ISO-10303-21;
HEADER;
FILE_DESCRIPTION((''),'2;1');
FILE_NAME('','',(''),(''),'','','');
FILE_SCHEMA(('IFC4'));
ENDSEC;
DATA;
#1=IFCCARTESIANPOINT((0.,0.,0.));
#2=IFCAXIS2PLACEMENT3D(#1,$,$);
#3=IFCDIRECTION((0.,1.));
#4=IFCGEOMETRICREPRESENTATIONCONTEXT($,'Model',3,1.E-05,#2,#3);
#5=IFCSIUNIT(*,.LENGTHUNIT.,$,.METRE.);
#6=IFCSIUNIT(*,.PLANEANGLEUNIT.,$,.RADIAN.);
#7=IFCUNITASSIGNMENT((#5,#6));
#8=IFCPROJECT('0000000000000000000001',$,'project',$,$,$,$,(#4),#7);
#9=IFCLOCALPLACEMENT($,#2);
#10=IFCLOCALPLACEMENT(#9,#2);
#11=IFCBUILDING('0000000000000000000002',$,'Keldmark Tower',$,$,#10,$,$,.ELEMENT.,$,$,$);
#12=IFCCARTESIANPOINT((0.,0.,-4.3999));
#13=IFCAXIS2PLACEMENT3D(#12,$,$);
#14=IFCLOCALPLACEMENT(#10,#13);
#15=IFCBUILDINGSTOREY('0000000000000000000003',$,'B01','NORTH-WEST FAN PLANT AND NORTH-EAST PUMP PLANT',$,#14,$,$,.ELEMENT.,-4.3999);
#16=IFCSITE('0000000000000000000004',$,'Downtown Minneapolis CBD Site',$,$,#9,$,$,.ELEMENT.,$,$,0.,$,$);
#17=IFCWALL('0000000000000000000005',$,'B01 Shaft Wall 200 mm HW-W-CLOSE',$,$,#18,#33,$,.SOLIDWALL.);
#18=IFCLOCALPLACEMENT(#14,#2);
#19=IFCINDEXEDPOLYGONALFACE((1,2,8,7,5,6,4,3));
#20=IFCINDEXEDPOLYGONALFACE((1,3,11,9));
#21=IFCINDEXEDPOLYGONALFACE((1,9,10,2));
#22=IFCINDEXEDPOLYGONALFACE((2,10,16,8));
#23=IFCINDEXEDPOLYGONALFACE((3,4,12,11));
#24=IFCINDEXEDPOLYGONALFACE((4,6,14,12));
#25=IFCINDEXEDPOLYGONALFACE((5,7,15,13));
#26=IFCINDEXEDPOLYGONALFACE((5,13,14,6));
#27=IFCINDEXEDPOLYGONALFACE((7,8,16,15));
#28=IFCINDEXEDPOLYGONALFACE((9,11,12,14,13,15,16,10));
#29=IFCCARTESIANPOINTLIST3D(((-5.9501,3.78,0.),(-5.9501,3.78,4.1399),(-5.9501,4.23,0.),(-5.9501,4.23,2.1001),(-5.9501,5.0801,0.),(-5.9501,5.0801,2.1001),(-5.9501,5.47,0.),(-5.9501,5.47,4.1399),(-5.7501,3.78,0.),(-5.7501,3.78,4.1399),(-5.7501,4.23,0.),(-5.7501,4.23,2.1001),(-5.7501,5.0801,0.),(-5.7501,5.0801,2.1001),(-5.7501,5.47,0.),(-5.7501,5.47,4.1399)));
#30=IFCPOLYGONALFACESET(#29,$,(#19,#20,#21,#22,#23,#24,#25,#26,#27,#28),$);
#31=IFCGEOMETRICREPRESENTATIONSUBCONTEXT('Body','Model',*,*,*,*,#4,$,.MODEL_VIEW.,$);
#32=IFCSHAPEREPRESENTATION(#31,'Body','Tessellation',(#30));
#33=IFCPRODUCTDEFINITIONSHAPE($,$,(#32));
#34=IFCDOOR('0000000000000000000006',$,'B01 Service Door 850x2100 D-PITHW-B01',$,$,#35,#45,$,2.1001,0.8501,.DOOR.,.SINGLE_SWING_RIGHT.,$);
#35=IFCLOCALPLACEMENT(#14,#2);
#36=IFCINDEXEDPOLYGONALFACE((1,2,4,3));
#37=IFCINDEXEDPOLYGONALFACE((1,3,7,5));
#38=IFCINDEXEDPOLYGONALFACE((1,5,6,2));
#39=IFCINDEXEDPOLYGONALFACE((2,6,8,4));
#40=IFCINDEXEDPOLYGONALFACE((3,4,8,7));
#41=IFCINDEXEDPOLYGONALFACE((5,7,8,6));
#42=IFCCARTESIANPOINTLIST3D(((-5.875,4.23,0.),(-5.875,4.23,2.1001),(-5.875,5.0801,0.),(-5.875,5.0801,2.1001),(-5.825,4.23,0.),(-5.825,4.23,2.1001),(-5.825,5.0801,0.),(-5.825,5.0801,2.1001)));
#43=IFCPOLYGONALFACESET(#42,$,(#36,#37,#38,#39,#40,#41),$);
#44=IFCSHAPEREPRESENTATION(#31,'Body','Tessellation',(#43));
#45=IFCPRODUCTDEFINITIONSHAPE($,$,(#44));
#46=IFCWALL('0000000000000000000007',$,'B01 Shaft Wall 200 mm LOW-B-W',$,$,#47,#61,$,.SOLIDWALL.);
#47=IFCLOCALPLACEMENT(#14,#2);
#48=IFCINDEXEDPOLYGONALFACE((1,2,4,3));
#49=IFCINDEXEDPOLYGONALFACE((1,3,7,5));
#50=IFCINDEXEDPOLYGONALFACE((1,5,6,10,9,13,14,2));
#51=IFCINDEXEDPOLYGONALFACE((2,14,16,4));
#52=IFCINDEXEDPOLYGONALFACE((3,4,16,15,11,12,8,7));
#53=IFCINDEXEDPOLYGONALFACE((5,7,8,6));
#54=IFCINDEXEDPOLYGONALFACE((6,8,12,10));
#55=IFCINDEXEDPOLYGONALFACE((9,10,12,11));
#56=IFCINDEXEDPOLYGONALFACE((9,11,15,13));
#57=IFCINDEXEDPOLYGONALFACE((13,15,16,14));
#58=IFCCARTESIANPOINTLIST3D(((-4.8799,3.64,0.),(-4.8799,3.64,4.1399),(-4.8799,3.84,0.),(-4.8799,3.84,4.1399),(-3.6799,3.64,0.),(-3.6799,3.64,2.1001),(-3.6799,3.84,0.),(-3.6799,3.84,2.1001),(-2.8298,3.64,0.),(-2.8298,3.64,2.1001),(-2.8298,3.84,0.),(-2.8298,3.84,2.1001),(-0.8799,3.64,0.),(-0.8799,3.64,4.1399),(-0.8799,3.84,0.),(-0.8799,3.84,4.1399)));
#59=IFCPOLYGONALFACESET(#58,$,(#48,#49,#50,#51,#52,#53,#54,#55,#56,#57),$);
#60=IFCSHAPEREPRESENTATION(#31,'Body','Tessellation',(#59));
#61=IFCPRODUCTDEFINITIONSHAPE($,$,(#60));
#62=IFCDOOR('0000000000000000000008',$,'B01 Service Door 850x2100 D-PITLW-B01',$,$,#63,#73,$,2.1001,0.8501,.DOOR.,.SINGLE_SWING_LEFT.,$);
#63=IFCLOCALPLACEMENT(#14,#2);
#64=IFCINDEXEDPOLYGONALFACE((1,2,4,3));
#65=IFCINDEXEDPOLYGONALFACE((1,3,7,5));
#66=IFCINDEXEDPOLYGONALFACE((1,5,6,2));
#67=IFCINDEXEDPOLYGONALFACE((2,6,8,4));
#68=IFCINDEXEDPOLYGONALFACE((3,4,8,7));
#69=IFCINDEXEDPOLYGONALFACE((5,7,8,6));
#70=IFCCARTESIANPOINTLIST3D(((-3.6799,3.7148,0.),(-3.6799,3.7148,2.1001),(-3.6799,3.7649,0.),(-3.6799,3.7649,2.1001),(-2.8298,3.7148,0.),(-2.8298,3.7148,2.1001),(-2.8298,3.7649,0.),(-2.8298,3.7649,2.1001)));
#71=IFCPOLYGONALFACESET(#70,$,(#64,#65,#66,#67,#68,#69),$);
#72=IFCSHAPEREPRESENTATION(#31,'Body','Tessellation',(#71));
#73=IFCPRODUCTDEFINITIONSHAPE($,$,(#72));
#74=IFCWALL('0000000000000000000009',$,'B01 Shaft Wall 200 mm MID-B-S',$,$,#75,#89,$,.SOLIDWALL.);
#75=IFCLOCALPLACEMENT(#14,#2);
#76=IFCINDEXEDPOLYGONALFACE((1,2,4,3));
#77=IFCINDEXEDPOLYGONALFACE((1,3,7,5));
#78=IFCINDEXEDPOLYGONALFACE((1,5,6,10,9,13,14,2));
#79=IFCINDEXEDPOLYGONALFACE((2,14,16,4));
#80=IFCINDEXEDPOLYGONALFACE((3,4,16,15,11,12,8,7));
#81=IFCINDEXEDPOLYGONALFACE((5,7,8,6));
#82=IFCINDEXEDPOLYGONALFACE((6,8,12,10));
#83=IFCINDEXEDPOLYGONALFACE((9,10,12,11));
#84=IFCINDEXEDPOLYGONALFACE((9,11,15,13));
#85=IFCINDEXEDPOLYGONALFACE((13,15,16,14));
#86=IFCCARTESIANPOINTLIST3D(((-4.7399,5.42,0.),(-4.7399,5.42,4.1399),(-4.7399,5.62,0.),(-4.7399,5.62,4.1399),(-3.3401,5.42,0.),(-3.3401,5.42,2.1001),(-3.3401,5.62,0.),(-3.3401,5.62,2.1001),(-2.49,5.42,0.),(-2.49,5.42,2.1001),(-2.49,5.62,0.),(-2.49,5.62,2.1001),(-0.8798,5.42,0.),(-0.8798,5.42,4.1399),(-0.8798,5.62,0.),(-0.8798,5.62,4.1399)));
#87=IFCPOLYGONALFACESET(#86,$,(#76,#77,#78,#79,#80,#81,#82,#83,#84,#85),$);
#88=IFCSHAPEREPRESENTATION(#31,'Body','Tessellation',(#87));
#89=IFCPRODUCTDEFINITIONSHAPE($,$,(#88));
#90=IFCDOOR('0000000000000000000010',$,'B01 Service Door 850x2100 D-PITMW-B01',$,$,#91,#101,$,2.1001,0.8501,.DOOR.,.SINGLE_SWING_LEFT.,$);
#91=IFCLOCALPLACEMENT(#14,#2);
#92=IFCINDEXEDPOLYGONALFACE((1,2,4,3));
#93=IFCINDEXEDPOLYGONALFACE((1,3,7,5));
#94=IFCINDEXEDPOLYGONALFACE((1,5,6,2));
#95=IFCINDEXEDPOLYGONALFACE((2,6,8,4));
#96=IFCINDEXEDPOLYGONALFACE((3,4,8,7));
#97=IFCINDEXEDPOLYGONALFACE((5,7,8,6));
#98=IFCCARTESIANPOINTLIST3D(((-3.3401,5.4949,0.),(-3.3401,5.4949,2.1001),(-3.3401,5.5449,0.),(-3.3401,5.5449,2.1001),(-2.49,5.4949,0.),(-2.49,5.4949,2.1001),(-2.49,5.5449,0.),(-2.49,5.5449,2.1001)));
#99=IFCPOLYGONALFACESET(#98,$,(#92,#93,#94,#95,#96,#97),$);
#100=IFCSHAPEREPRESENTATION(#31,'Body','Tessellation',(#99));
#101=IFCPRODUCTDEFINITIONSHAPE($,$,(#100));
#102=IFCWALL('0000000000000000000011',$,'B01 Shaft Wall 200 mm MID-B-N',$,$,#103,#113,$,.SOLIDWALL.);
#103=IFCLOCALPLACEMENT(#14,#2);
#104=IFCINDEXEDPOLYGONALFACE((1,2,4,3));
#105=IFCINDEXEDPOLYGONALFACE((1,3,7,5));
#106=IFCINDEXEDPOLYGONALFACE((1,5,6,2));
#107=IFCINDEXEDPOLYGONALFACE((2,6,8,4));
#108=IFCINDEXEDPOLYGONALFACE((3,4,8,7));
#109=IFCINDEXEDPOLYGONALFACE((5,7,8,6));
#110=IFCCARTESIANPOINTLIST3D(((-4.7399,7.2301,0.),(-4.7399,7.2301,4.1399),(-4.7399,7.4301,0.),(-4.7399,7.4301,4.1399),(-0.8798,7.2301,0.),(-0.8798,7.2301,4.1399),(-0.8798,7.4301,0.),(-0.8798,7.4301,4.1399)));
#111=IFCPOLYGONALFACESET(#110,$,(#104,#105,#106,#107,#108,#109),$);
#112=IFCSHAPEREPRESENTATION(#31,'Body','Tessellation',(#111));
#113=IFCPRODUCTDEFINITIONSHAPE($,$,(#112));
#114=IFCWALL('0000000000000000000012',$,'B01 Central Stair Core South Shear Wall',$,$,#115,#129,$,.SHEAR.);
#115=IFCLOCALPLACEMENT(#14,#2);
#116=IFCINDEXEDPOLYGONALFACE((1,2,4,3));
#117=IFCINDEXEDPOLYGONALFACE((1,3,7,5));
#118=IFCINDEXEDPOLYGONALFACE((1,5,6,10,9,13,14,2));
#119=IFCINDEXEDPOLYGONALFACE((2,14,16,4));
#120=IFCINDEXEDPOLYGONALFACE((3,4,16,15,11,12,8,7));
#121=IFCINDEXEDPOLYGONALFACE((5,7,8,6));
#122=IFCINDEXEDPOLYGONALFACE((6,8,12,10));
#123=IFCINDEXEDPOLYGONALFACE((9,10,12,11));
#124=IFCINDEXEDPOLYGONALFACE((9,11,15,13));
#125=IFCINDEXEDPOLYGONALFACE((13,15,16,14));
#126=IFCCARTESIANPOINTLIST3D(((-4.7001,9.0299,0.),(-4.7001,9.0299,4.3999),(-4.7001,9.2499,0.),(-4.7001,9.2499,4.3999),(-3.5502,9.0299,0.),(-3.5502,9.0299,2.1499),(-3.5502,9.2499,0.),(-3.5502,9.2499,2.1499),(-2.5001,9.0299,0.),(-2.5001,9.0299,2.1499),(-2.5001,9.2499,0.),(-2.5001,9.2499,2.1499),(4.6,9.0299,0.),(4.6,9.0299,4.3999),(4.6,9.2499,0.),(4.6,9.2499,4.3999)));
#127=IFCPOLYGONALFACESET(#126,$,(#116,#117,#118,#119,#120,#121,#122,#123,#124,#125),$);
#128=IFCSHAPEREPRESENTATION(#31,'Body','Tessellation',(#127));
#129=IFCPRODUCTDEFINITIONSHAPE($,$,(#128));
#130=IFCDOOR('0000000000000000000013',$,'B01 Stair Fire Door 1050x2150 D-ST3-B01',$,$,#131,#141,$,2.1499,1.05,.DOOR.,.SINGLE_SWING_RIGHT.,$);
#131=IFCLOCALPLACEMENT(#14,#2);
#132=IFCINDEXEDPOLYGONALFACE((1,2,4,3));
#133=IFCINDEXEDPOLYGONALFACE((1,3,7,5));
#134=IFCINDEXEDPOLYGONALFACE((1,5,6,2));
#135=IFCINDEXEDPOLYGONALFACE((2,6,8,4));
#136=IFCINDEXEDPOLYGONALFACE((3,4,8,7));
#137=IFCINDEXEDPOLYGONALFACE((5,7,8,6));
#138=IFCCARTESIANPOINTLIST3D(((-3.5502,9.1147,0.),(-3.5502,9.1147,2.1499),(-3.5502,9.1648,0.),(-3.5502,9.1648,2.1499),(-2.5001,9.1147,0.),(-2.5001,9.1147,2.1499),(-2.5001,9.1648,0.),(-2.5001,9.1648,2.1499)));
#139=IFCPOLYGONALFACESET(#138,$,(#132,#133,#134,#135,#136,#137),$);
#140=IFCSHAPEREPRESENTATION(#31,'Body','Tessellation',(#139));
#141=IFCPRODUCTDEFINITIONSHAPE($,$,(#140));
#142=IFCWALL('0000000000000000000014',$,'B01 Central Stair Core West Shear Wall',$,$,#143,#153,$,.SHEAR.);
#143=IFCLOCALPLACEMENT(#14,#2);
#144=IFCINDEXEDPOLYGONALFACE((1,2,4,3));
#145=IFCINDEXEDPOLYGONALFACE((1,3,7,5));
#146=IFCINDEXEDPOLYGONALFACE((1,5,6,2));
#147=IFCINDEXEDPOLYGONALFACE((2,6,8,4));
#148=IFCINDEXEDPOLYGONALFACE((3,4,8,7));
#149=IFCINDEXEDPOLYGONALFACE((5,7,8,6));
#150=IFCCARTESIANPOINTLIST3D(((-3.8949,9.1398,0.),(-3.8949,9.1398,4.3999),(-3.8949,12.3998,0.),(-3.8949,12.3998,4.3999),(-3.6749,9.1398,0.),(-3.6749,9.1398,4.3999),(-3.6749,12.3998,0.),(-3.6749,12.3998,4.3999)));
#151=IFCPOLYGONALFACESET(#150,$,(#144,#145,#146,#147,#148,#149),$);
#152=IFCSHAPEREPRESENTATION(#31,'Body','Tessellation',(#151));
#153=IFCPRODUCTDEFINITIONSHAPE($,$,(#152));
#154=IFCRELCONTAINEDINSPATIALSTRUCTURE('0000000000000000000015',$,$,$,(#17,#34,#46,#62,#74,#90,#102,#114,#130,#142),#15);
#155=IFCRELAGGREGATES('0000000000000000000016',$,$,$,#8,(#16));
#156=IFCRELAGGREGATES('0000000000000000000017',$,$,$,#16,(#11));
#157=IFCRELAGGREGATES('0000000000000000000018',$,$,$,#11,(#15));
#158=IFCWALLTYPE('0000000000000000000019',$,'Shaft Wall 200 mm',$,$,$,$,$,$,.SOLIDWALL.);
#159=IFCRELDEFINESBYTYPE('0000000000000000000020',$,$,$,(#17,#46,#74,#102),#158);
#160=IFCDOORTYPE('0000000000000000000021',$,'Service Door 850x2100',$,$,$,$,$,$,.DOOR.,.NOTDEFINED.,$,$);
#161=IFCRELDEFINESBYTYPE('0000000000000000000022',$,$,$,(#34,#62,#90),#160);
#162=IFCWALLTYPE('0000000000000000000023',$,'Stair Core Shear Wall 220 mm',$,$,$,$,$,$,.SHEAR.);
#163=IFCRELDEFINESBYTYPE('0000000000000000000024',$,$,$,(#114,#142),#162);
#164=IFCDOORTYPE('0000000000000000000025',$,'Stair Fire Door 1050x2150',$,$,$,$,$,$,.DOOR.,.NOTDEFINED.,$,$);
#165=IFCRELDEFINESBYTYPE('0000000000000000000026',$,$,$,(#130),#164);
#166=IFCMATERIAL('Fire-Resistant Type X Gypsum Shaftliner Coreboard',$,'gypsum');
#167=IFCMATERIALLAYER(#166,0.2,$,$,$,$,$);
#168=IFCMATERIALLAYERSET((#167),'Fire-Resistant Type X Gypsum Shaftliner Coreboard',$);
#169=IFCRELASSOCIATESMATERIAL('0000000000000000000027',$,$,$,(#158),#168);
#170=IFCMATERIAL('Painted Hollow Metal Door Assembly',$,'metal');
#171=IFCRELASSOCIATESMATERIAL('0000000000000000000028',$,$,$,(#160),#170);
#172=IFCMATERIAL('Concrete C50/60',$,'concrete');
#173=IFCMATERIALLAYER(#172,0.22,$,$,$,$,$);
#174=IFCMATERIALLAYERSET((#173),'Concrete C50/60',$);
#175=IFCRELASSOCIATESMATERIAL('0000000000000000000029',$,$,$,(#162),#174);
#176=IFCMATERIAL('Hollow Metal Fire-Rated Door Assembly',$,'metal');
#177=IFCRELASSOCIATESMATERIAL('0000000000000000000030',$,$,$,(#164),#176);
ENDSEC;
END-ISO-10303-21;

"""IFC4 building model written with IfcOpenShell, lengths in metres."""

from ifc_helpers import new_model, si_unit, direction, frame, frame_2d, origin, place, context, subcontext, project, spatial, rectangle, extrude, material, layer, layer_set, type_object, element, fill, save


model = new_model("IFC4")

# Units and contexts
model_context = context("Model", 3, precision=1e-05, world=origin(), true_north=direction((0.0, 1.0)))
body_context = subcontext(model_context, "Body", "Model", "MODEL_VIEW")
ifc_project = project(units=[si_unit("LENGTHUNIT", "METRE"), si_unit("PLANEANGLEUNIT", "RADIAN")], contexts=[model_context])

# Site, building, storey
site_placement = place(None, origin())
site = spatial("IfcSite", under=ifc_project, at=site_placement, Name="Downtown Minneapolis CBD Site", CompositionType="ELEMENT", RefElevation=0.0)
building_placement = place(site_placement, origin())
building = spatial("IfcBuilding", under=site, at=building_placement, Name="Keldmark Tower", CompositionType="ELEMENT")
storey_placement = place(building_placement, frame((0.0, 0.0, -4.3999)))
storey = spatial("IfcBuildingStorey", under=building, at=storey_placement, Name="B01", Description="NORTH-WEST FAN PLANT AND NORTH-EAST PUMP PLANT", CompositionType="ELEMENT", Elevation=-4.3999)

# Shared definitions
ifc_material_1 = material(Name="Fire-Resistant Type X Gypsum Shaftliner Coreboard", Category="gypsum")
ifc_layer_1 = layer(ifc_material_1, 0.2)
ifc_layer_set_1 = layer_set([ifc_layer_1], Name="Fire-Resistant Type X Gypsum Shaftliner Coreboard")
wall_type_1 = type_object("IfcWallType", Name="Shaft Wall 200 mm", PredefinedType="SOLIDWALL", material=ifc_layer_set_1)

# Walls, openings, doors
wall_1_placement = place(storey_placement, frame((-5.8501, 3.78, 0.0), z_axis=(0.0, 0.0, 1.0), x_axis=(0.0, 1.0, 0.0)))
wall_1 = element("IfcWall", 1, at=wall_1_placement, inside=storey, type_object=wall_type_1, Name="B01 Shaft Wall 200 mm HW-W-CLOSE", PredefinedType="SOLIDWALL", context=body_context, shape_type="SweptSolid", body=[
    extrude(rectangle(XDim=1.6899, YDim=0.2, at=frame_2d((0.845, 0.0))), origin(), (0.0, 0.0, 1.0), 4.1399),
])
opening_1_placement = place(wall_1_placement, frame((0.45, 0.0, 0.0)))
opening_1 = element("IfcOpeningElement", 2, at=opening_1_placement, cuts=wall_1, PredefinedType="OPENING", context=body_context, shape_type="SweptSolid", body=[
    extrude(rectangle(XDim=0.8501, YDim=2.1001, at=frame_2d((0.425, 1.05))), frame((0.0, 0.1099, 0.0), z_axis=(0.0, -1.0, 0.0), x_axis=(1.0, 0.0, 0.0)), (0.0, 0.0, 1.0), 0.22),
])
ifc_material_2 = material(Name="Painted Hollow Metal Door Assembly", Category="metal")
door_type_1 = type_object("IfcDoorType", Name="Service Door 850x2100", OperationType="NOTDEFINED", PredefinedType="DOOR", material=ifc_material_2)
door_1_placement = place(opening_1_placement, origin())
door_1 = element("IfcDoor", 3, at=door_1_placement, inside=storey, type_object=door_type_1, Name="B01 Service Door 850x2100 D-PITHW-B01", OperationType="SINGLE_SWING_RIGHT", OverallHeight=2.1001, OverallWidth=0.8501, PredefinedType="DOOR", context=body_context, shape_type="SweptSolid", body=[
    extrude(rectangle(XDim=0.8501, YDim=2.1001, at=frame_2d((0.425, 1.05))), frame((0.0, 0.0249, 0.0), z_axis=(0.0, -1.0, 0.0), x_axis=(1.0, 0.0, 0.0)), (0.0, 0.0, 1.0), 0.05),
])
fill(opening_1, door_1)
wall_2_placement = place(storey_placement, frame((-4.8799, 3.74, 0.0), z_axis=(0.0, 0.0, 1.0), x_axis=(1.0, 0.0, 0.0)))
wall_2 = element("IfcWall", 4, at=wall_2_placement, inside=storey, type_object=wall_type_1, Name="B01 Shaft Wall 200 mm LOW-B-W", PredefinedType="SOLIDWALL", context=body_context, shape_type="SweptSolid", body=[
    extrude(rectangle(XDim=4.0, YDim=0.2, at=frame_2d((2.0, 0.0))), origin(), (0.0, 0.0, 1.0), 4.1399),
])
opening_2_placement = place(wall_2_placement, frame((1.2, 0.0, 0.0)))
opening_2 = element("IfcOpeningElement", 5, at=opening_2_placement, cuts=wall_2, PredefinedType="OPENING", context=body_context, shape_type="SweptSolid", body=[
    extrude(rectangle(XDim=0.8501, YDim=2.1001, at=frame_2d((0.425, 1.05))), frame((0.0, 0.1099, 0.0), z_axis=(0.0, -1.0, 0.0), x_axis=(1.0, 0.0, 0.0)), (0.0, 0.0, 1.0), 0.22),
])
door_2_placement = place(opening_2_placement, origin())
door_2 = element("IfcDoor", 6, at=door_2_placement, inside=storey, type_object=door_type_1, Name="B01 Service Door 850x2100 D-PITLW-B01", OperationType="SINGLE_SWING_LEFT", OverallHeight=2.1001, OverallWidth=0.8501, PredefinedType="DOOR", context=body_context, shape_type="SweptSolid", body=[
    extrude(rectangle(XDim=0.8501, YDim=2.1001, at=frame_2d((0.425, 1.05))), frame((0.0, 0.0249, 0.0), z_axis=(0.0, -1.0, 0.0), x_axis=(1.0, 0.0, 0.0)), (0.0, 0.0, 1.0), 0.05),
])
fill(opening_2, door_2)
wall_3_placement = place(storey_placement, frame((-4.74, 5.52, 0.0), z_axis=(0.0, 0.0, 1.0), x_axis=(1.0, 0.0, 0.0)))
wall_3 = element("IfcWall", 7, at=wall_3_placement, inside=storey, type_object=wall_type_1, Name="B01 Shaft Wall 200 mm MID-B-S", PredefinedType="SOLIDWALL", context=body_context, shape_type="SweptSolid", body=[
    extrude(rectangle(XDim=3.8601, YDim=0.2, at=frame_2d((1.9302, 0.0))), origin(), (0.0, 0.0, 1.0), 4.1399),
])
opening_3_placement = place(wall_3_placement, frame((1.3999, 0.0, 0.0)))
opening_3 = element("IfcOpeningElement", 8, at=opening_3_placement, cuts=wall_3, PredefinedType="OPENING", context=body_context, shape_type="SweptSolid", body=[
    extrude(rectangle(XDim=0.8501, YDim=2.1001, at=frame_2d((0.425, 1.05))), frame((0.0, 0.1099, 0.0), z_axis=(0.0, -1.0, 0.0), x_axis=(1.0, 0.0, 0.0)), (0.0, 0.0, 1.0), 0.22),
])
door_3_placement = place(opening_3_placement, origin())
door_3 = element("IfcDoor", 9, at=door_3_placement, inside=storey, type_object=door_type_1, Name="B01 Service Door 850x2100 D-PITMW-B01", OperationType="SINGLE_SWING_LEFT", OverallHeight=2.1001, OverallWidth=0.8501, PredefinedType="DOOR", context=body_context, shape_type="SweptSolid", body=[
    extrude(rectangle(XDim=0.8501, YDim=2.1001, at=frame_2d((0.425, 1.05))), frame((0.0, 0.0249, 0.0), z_axis=(0.0, -1.0, 0.0), x_axis=(1.0, 0.0, 0.0)), (0.0, 0.0, 1.0), 0.05),
])
fill(opening_3, door_3)

# Wall
wall_4_placement = place(storey_placement, frame((-4.74, 7.3301, 0.0), z_axis=(0.0, 0.0, 1.0), x_axis=(1.0, 0.0, 0.0)))
element("IfcWall", 10, at=wall_4_placement, inside=storey, type_object=wall_type_1, Name="B01 Shaft Wall 200 mm MID-B-N", PredefinedType="SOLIDWALL", context=body_context, shape_type="SweptSolid", body=[
    extrude(rectangle(XDim=3.8601, YDim=0.2, at=frame_2d((1.9302, 0.0))), origin(), (0.0, 0.0, 1.0), 4.1399),
])

# Wall, opening, door
ifc_material_3 = material(Name="Concrete C50/60", Category="concrete")
ifc_layer_2 = layer(ifc_material_3, 0.22)
ifc_layer_set_2 = layer_set([ifc_layer_2], Name="Concrete C50/60")
wall_type_2 = type_object("IfcWallType", Name="Stair Core Shear Wall 220 mm", PredefinedType="SHEAR", material=ifc_layer_set_2)
wall_5_placement = place(storey_placement, frame((-4.7, 9.1399, 0.0), z_axis=(0.0, 0.0, 1.0), x_axis=(1.0, 0.0, 0.0)))
wall_5 = element("IfcWall", 11, at=wall_5_placement, inside=storey, type_object=wall_type_2, Name="B01 Central Stair Core South Shear Wall", PredefinedType="SHEAR", context=body_context, shape_type="SweptSolid", body=[
    extrude(rectangle(XDim=9.3, YDim=0.22, at=frame_2d((4.6499, 0.0))), origin(), (0.0, 0.0, 1.0), 4.3999),
])
opening_4_placement = place(wall_5_placement, frame((1.1499, 0.0, 0.0)))
opening_4 = element("IfcOpeningElement", 12, at=opening_4_placement, cuts=wall_5, PredefinedType="OPENING", context=body_context, shape_type="SweptSolid", body=[
    extrude(rectangle(XDim=1.05, YDim=2.1499, at=frame_2d((0.5249, 1.075))), frame((0.0, 0.1199, 0.0), z_axis=(0.0, -1.0, 0.0), x_axis=(1.0, 0.0, 0.0)), (0.0, 0.0, 1.0), 0.24),
])
ifc_material_4 = material(Name="Hollow Metal Fire-Rated Door Assembly", Category="metal")
door_type_2 = type_object("IfcDoorType", Name="Stair Fire Door 1050x2150", OperationType="NOTDEFINED", PredefinedType="DOOR", material=ifc_material_4)
door_4_placement = place(opening_4_placement, origin())
door_4 = element("IfcDoor", 13, at=door_4_placement, inside=storey, type_object=door_type_2, Name="B01 Stair Fire Door 1050x2150 D-ST3-B01", OperationType="SINGLE_SWING_RIGHT", OverallHeight=2.1499, OverallWidth=1.05, PredefinedType="DOOR", context=body_context, shape_type="SweptSolid", body=[
    extrude(rectangle(XDim=1.05, YDim=2.1499, at=frame_2d((0.5249, 1.075))), frame((0.0, 0.0249, 0.0), z_axis=(0.0, -1.0, 0.0), x_axis=(1.0, 0.0, 0.0)), (0.0, 0.0, 1.0), 0.05),
])
fill(opening_4, door_4)

# Wall
wall_6_placement = place(storey_placement, frame((-3.7849, 9.1399, 0.0), z_axis=(0.0, 0.0, 1.0), x_axis=(0.0, 1.0, 0.0)))
element("IfcWall", 14, at=wall_6_placement, inside=storey, type_object=wall_type_2, Name="B01 Central Stair Core West Shear Wall", PredefinedType="SHEAR", context=body_context, shape_type="SweptSolid", body=[
    extrude(rectangle(XDim=3.26, YDim=0.22, at=frame_2d((1.6299, 0.0))), origin(), (0.0, 0.0, 1.0), 4.3999),
])

save(model, "model.ifc")
